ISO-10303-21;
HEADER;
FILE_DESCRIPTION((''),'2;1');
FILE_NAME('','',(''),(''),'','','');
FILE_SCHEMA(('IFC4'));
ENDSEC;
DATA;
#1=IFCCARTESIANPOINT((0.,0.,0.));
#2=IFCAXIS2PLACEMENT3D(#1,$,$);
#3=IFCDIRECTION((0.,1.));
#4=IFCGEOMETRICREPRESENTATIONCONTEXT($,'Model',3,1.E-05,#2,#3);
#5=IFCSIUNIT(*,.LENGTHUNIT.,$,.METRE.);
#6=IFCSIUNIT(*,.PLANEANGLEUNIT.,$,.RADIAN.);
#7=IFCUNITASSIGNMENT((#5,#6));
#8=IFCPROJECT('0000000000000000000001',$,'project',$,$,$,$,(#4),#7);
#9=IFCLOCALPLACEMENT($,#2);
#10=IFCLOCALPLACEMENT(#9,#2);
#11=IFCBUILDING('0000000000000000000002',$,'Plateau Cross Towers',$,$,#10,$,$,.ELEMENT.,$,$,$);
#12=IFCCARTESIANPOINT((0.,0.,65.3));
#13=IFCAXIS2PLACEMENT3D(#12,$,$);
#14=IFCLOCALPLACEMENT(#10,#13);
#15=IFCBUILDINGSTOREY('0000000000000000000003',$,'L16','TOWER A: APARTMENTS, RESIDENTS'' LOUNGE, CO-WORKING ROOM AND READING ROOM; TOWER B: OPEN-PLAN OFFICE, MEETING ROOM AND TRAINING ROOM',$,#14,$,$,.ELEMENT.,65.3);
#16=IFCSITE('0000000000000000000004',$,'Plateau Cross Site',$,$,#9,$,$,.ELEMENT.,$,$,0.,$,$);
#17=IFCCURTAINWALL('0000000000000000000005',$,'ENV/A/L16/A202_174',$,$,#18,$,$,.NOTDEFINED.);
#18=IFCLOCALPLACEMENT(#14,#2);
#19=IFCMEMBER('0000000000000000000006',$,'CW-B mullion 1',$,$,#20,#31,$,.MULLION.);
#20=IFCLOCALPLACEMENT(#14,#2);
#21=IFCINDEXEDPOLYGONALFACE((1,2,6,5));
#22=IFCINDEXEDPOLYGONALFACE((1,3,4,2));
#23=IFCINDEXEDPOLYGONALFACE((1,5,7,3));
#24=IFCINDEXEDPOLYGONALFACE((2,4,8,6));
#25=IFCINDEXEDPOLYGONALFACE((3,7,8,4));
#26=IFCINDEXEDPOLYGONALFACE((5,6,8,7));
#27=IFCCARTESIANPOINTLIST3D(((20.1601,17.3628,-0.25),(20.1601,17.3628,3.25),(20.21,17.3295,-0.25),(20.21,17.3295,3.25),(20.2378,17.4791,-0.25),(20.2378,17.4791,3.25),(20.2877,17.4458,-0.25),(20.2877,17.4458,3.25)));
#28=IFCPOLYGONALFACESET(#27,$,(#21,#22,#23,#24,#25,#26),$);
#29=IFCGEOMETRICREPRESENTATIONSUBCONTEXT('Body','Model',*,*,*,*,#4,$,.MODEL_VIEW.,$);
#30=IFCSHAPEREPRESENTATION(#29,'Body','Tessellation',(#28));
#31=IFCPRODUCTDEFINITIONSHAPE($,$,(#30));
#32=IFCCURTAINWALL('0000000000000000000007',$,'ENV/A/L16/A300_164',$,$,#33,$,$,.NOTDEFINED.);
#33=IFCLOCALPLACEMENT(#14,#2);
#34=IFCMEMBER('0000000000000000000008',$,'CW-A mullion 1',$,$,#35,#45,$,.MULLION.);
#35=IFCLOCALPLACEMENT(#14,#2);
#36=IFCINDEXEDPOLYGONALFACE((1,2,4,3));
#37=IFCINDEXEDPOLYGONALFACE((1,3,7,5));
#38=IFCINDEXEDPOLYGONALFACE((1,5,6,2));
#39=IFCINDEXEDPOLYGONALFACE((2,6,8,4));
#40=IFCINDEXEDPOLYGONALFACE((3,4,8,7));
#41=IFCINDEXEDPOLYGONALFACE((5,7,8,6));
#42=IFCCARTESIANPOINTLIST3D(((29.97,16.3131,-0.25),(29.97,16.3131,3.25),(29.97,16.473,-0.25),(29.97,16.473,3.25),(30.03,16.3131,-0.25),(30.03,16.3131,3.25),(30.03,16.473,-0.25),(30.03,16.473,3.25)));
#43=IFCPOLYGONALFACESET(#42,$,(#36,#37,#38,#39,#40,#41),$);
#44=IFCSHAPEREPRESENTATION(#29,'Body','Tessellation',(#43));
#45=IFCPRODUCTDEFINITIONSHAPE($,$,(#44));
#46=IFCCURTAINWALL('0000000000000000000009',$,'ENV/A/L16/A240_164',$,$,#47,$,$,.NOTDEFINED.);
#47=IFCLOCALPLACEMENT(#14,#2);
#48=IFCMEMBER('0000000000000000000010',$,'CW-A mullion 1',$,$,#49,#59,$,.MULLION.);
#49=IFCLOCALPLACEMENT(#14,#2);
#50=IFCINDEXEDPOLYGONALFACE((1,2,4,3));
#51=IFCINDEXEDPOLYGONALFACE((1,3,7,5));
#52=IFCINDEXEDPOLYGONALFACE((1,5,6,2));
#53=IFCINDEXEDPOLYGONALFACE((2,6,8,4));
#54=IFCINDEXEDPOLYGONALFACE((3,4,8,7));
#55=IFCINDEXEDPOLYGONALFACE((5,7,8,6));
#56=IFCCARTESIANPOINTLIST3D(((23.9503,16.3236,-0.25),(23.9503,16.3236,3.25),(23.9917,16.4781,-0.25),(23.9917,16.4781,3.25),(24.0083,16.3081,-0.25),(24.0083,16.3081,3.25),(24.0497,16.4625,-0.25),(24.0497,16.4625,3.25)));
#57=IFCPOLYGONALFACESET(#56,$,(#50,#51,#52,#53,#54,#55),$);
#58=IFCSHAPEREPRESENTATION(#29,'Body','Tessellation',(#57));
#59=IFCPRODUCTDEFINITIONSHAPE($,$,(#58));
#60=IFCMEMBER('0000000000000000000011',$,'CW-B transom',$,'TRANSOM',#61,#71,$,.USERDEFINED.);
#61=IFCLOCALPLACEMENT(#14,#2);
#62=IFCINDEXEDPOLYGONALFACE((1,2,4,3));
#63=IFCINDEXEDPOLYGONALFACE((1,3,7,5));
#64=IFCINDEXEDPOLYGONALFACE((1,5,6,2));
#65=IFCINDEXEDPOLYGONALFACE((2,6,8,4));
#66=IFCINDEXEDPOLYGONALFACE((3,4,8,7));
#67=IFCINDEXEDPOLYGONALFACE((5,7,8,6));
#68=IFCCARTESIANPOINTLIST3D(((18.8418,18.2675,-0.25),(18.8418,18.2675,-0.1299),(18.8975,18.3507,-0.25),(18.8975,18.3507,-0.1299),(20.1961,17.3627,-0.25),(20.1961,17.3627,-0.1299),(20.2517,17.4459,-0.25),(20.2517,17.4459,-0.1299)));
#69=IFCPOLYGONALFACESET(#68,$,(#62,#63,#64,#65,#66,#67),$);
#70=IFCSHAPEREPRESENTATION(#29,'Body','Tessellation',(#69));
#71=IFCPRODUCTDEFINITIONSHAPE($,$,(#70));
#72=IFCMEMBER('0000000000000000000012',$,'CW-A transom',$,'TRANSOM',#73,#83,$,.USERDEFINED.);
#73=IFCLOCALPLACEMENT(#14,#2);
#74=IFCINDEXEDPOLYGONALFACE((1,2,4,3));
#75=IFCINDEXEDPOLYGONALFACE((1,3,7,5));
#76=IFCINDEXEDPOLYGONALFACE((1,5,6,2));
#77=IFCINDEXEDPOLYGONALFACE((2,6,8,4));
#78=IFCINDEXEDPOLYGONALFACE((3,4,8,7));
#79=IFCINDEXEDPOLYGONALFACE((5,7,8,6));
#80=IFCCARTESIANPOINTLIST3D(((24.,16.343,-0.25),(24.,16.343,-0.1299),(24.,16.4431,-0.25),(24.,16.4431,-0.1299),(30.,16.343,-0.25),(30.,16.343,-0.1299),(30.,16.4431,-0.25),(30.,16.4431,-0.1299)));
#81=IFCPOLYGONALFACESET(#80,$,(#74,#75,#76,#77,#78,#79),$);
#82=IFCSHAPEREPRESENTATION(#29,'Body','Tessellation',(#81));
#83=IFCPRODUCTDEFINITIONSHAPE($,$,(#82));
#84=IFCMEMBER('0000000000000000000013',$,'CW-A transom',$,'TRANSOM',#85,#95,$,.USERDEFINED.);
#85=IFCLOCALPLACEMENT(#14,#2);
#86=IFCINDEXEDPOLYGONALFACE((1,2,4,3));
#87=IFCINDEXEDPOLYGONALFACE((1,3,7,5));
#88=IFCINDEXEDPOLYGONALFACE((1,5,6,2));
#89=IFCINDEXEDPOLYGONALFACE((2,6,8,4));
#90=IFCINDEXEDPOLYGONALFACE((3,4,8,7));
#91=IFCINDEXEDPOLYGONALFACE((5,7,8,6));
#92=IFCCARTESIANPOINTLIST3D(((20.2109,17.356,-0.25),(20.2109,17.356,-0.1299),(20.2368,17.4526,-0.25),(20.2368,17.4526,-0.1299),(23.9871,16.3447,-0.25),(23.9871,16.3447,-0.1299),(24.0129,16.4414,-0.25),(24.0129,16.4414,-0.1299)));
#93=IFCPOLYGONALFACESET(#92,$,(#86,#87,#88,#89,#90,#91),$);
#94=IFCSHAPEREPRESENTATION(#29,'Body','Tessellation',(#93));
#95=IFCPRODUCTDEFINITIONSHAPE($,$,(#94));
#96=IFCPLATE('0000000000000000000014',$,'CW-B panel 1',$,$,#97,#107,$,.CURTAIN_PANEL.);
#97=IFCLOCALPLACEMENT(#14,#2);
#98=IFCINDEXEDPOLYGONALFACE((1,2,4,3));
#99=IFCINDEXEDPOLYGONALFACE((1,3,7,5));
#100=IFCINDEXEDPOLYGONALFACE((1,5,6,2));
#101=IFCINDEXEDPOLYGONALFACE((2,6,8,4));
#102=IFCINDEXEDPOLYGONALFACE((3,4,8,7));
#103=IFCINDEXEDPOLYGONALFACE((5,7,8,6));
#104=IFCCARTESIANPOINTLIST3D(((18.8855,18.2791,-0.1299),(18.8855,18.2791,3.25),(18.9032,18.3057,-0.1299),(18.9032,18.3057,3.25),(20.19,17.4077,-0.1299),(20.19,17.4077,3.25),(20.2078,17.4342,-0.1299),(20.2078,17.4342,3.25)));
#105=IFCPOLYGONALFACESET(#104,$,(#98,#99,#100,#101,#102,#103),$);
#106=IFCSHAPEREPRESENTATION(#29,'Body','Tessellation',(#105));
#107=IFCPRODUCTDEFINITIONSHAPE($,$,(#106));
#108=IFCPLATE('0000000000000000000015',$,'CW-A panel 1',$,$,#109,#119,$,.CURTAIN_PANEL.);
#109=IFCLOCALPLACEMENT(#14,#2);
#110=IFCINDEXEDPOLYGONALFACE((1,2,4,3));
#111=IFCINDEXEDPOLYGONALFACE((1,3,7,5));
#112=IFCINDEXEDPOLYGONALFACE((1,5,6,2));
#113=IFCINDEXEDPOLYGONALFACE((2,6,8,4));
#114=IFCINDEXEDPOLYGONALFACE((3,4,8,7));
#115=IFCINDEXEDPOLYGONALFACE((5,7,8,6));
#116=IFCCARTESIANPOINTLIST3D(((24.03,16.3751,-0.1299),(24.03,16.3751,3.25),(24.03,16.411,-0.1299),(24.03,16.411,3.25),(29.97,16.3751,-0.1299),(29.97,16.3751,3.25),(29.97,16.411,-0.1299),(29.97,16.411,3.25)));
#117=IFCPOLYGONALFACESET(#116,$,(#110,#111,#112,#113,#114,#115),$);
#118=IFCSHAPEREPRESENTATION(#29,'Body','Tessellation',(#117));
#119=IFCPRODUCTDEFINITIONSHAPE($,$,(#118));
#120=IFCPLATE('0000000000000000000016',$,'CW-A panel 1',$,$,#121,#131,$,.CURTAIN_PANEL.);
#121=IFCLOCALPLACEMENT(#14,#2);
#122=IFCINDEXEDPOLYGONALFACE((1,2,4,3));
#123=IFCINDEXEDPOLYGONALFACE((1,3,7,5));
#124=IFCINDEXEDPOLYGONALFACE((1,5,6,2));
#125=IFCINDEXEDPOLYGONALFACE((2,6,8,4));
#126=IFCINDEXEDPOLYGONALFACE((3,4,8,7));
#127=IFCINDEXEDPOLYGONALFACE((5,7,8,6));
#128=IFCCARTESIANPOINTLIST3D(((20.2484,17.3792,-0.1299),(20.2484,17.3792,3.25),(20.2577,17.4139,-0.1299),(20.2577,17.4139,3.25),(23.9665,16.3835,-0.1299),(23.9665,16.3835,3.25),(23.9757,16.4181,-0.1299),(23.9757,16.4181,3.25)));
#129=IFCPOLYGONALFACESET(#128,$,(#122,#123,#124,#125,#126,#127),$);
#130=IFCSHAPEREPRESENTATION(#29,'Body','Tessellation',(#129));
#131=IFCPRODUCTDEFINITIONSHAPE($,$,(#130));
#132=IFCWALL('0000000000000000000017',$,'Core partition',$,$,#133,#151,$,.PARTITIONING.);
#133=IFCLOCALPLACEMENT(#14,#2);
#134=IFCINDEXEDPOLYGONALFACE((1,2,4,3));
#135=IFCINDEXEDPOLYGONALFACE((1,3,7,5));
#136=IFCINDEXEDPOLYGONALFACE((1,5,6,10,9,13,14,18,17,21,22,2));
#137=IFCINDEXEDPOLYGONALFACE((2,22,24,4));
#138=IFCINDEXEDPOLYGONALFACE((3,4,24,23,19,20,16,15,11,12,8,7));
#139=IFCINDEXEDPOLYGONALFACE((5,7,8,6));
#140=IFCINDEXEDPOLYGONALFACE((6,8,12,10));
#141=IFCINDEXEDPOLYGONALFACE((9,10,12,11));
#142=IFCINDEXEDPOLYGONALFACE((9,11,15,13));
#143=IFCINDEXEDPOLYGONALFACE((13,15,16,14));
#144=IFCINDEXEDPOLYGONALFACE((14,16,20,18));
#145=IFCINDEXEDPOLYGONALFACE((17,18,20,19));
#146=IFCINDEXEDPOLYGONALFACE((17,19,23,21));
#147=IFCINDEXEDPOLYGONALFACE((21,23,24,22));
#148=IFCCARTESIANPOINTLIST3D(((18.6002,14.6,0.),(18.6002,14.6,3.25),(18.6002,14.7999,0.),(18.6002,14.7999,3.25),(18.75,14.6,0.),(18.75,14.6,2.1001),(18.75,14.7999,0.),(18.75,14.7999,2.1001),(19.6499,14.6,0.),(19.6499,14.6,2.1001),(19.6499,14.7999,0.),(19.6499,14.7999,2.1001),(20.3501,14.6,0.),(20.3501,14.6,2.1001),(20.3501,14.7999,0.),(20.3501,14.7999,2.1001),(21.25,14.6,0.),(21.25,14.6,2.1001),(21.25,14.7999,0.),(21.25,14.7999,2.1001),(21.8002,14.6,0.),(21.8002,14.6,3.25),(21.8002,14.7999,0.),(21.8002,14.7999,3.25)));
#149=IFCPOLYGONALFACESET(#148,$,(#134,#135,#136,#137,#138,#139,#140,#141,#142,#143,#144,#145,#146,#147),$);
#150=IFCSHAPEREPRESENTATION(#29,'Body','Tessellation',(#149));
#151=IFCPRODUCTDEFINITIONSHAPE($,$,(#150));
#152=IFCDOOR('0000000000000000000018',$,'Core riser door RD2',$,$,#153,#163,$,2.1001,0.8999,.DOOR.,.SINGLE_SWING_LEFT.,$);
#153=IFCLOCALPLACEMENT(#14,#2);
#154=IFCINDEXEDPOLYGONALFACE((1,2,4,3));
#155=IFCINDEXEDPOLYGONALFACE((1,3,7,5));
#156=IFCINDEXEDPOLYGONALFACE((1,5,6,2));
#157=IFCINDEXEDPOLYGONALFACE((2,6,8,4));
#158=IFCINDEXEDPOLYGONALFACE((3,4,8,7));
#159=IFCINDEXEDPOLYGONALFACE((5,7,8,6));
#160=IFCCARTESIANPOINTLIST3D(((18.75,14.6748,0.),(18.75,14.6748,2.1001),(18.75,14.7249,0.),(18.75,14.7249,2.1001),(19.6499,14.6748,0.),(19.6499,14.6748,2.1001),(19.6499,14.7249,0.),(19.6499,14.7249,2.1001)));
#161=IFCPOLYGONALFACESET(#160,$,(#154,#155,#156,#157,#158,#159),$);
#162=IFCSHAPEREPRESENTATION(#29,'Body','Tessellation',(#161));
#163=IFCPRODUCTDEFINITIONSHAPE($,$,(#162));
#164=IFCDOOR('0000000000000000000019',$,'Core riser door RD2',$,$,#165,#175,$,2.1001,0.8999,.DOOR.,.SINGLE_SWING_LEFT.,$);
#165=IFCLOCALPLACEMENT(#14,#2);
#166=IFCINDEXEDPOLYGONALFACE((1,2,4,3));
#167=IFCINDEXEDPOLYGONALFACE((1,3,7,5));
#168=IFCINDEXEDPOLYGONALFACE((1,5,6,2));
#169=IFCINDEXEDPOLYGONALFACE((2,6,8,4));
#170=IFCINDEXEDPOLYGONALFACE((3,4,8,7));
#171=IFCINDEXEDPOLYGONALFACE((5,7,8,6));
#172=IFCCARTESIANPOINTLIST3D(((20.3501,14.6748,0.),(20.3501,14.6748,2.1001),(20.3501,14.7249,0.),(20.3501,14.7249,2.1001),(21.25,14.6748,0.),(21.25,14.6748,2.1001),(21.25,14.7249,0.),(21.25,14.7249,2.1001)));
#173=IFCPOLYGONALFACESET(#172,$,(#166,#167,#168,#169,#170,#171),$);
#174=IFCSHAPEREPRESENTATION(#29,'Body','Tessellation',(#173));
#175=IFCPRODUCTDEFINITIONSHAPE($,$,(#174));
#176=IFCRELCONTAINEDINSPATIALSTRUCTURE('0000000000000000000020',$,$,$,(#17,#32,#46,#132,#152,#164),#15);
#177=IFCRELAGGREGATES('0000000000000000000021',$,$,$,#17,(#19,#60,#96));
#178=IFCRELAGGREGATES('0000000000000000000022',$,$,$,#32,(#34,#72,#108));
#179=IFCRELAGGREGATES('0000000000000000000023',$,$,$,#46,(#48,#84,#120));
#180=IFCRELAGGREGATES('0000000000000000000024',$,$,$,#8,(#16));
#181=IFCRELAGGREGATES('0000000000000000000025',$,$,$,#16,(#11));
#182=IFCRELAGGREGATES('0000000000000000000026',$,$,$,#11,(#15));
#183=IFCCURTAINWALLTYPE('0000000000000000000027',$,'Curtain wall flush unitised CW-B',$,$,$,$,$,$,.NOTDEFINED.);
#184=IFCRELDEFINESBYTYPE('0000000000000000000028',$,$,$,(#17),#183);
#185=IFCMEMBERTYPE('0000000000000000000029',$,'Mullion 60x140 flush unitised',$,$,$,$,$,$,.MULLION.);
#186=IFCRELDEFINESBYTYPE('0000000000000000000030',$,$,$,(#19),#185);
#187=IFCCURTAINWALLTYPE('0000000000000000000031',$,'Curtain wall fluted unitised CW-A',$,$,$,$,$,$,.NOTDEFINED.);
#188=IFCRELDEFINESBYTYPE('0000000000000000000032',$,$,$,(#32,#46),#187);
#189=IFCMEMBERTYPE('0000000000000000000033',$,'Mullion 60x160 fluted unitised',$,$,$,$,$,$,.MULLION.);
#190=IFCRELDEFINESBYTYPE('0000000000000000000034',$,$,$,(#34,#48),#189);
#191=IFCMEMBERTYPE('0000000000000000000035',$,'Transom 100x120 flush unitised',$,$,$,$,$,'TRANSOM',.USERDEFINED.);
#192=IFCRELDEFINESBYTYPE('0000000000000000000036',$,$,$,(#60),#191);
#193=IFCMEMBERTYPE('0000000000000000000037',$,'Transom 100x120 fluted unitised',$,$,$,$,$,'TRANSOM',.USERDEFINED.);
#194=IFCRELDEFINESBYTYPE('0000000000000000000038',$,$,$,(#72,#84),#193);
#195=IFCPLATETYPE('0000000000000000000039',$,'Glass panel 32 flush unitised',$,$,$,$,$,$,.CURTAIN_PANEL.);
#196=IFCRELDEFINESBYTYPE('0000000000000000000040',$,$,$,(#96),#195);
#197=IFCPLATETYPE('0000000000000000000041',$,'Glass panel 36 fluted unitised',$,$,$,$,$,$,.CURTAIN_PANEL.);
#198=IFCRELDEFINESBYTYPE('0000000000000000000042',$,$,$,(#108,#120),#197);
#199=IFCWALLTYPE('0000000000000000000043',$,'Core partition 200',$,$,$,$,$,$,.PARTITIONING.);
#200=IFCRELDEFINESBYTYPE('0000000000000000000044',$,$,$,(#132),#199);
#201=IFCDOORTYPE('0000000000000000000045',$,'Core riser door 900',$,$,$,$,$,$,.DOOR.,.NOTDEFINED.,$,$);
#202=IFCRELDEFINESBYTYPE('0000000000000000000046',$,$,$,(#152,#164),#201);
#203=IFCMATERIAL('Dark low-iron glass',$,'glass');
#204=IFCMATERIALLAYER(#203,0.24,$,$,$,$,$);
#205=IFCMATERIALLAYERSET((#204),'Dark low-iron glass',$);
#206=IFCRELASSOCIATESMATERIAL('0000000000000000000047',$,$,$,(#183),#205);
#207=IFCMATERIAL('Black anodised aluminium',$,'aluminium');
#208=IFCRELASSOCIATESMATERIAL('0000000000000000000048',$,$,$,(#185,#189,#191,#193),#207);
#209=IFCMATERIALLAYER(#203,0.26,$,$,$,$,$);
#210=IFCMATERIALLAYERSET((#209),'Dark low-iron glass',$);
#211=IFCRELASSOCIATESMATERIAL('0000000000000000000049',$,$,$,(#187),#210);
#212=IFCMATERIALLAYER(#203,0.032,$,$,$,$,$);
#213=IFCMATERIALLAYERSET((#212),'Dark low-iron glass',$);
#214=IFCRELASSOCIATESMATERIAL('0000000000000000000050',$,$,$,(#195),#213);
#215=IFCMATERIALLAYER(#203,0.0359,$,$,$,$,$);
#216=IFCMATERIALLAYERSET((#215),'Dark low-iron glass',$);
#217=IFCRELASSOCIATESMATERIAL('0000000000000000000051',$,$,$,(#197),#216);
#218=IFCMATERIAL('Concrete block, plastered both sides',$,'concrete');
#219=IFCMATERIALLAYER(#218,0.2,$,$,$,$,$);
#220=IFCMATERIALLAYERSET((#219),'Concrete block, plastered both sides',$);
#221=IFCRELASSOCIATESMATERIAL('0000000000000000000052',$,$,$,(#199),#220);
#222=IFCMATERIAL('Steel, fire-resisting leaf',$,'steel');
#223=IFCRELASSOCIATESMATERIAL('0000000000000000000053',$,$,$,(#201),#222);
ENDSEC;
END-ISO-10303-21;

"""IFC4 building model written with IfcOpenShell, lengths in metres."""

from ifc_helpers import new_model, si_unit, direction, frame, frame_2d, origin, origin_2d, place, context, subcontext, project, spatial, rectangle, extrude, material, layer, layer_set, material_profile, profile_set, type_object, element, fill, aggregate, save


model = new_model("IFC4")

# Units and contexts
model_context = context("Model", 3, precision=1e-05, world=origin(), true_north=direction((0.0, 1.0)))
body_context = subcontext(model_context, "Body", "Model", "MODEL_VIEW")
ifc_project = project(units=[si_unit("LENGTHUNIT", "METRE"), si_unit("PLANEANGLEUNIT", "RADIAN")], contexts=[model_context])

# Site, building, storey
site_placement = place(None, origin())
site = spatial("IfcSite", under=ifc_project, at=site_placement, Name="Plateau Cross Site", CompositionType="ELEMENT", RefElevation=0.0)
building_placement = place(site_placement, origin())
building = spatial("IfcBuilding", under=site, at=building_placement, Name="Plateau Cross Towers", CompositionType="ELEMENT")
storey_placement = place(building_placement, frame((0.0, 0.0, 65.3)))
storey = spatial("IfcBuildingStorey", under=building, at=storey_placement, Name="L16", Description="TOWER A: APARTMENTS, RESIDENTS' LOUNGE, CO-WORKING ROOM AND READING ROOM; TOWER B: OPEN-PLAN OFFICE, MEETING ROOM AND TRAINING ROOM", CompositionType="ELEMENT", Elevation=65.3)

# Curtain walls, members
ifc_material_1 = material(Name="Dark low-iron glass", Category="glass")
ifc_layer_1 = layer(ifc_material_1, 0.24)
ifc_layer_set_1 = layer_set([ifc_layer_1], Name="Dark low-iron glass")
curtain_wall_type_1 = type_object("IfcCurtainWallType", Name="Curtain wall flush unitised CW-B", PredefinedType="NOTDEFINED", material=ifc_layer_set_1)
curtain_wall_1_placement = place(storey_placement, origin())
curtain_wall_1 = element("IfcCurtainWall", 1, at=curtain_wall_1_placement, inside=storey, type_object=curtain_wall_type_1, Name="ENV/A/L16/A202_174", PredefinedType="NOTDEFINED")
ifc_material_2 = material(Name="Black anodised aluminium", Category="aluminium")
ifc_material_profile_1 = material_profile(ifc_material_2, rectangle(XDim=0.0601, YDim=0.1399, at=origin_2d()), Name="MULLION 60x140")
ifc_profile_set_1 = profile_set([ifc_material_profile_1], Name="Black anodised aluminium")
member_type_1 = type_object("IfcMemberType", Name="Mullion 60x140 flush unitised", PredefinedType="MULLION", material=ifc_profile_set_1)
member_1_placement = place(storey_placement, frame((20.2239, 17.4043, -0.25), z_axis=(0.0, 0.0, 1.0), x_axis=(-0.831521, 0.555493, 0.0)))
member_1 = element("IfcMember", 2, at=member_1_placement, type_object=member_type_1, Name="CW-B mullion 1", PredefinedType="MULLION", context=body_context, shape_type="SweptSolid", body=[
    extrude(rectangle(XDim=0.0601, YDim=0.1399, at=origin_2d()), origin(), (0.0, 0.0, 1.0), 3.5),
])
ifc_layer_2 = layer(ifc_material_1, 0.26)
ifc_layer_set_2 = layer_set([ifc_layer_2], Name="Dark low-iron glass")
curtain_wall_type_2 = type_object("IfcCurtainWallType", Name="Curtain wall fluted unitised CW-A", PredefinedType="NOTDEFINED", material=ifc_layer_set_2)
curtain_wall_2_placement = place(storey_placement, origin())
curtain_wall_2 = element("IfcCurtainWall", 3, at=curtain_wall_2_placement, inside=storey, type_object=curtain_wall_type_2, Name="ENV/A/L16/A300_164", PredefinedType="NOTDEFINED")
ifc_material_profile_2 = material_profile(ifc_material_2, rectangle(XDim=0.0601, YDim=0.1599, at=origin_2d()), Name="MULLION 60x160")
ifc_profile_set_2 = profile_set([ifc_material_profile_2], Name="Black anodised aluminium")
member_type_2 = type_object("IfcMemberType", Name="Mullion 60x160 fluted unitised", PredefinedType="MULLION", material=ifc_profile_set_2)
member_2_placement = place(storey_placement, frame((30.0, 16.3931, -0.25), z_axis=(0.0, 0.0, 1.0), x_axis=(-1.0, 0.0, 0.0)))
member_2 = element("IfcMember", 4, at=member_2_placement, type_object=member_type_2, Name="CW-A mullion 1", PredefinedType="MULLION", context=body_context, shape_type="SweptSolid", body=[
    extrude(rectangle(XDim=0.0601, YDim=0.1599, at=origin_2d()), origin(), (0.0, 0.0, 1.0), 3.5),
])
curtain_wall_3_placement = place(storey_placement, origin())
curtain_wall_3 = element("IfcCurtainWall", 5, at=curtain_wall_3_placement, inside=storey, type_object=curtain_wall_type_2, Name="ENV/A/L16/A240_164", PredefinedType="NOTDEFINED")
member_3_placement = place(storey_placement, frame((24.0, 16.3931, -0.25), z_axis=(0.0, 0.0, 1.0), x_axis=(-0.965958, 0.258699, 0.0)))
member_3 = element("IfcMember", 6, at=member_3_placement, type_object=member_type_2, Name="CW-A mullion 1", PredefinedType="MULLION", context=body_context, shape_type="SweptSolid", body=[
    extrude(rectangle(XDim=0.0601, YDim=0.1599, at=origin_2d()), origin(), (0.0, 0.0, 1.0), 3.5),
])

# Members
ifc_material_profile_3 = material_profile(ifc_material_2, rectangle(XDim=0.1001, YDim=0.1201, at=origin_2d()), Name="TRANSOM 100x120")
ifc_profile_set_3 = profile_set([ifc_material_profile_3], Name="Black anodised aluminium")
member_type_3 = type_object("IfcMemberType", Name="Transom 100x120 flush unitised", ElementType="TRANSOM", PredefinedType="USERDEFINED", material=ifc_profile_set_3)
member_4_placement = place(storey_placement, frame((20.2239, 17.4043, -0.1899), z_axis=(-0.831496, 0.55553, 0.0), x_axis=(-0.55553, -0.831496, 0.0)))
member_4 = element("IfcMember", 7, at=member_4_placement, type_object=member_type_3, Name="CW-B transom", ObjectType="TRANSOM", PredefinedType="USERDEFINED", context=body_context, shape_type="SweptSolid", body=[
    extrude(rectangle(XDim=0.1001, YDim=0.1201, at=origin_2d()), origin(), (0.0, 0.0, 1.0), 1.6287),
])
ifc_material_profile_4 = material_profile(ifc_material_2, rectangle(XDim=0.1001, YDim=0.1201, at=origin_2d()), Name="TRANSOM 100x120")
ifc_profile_set_4 = profile_set([ifc_material_profile_4], Name="Black anodised aluminium")
member_type_4 = type_object("IfcMemberType", Name="Transom 100x120 fluted unitised", ElementType="TRANSOM", PredefinedType="USERDEFINED", material=ifc_profile_set_4)
member_5_placement = place(storey_placement, frame((30.0, 16.3931, -0.1899), z_axis=(-1.0, 0.0, 0.0), x_axis=(0.0, -1.0, 0.0)))
member_5 = element("IfcMember", 8, at=member_5_placement, type_object=member_type_4, Name="CW-A transom", ObjectType="TRANSOM", PredefinedType="USERDEFINED", context=body_context, shape_type="SweptSolid", body=[
    extrude(rectangle(XDim=0.1001, YDim=0.1201, at=origin_2d()), origin(), (0.0, 0.0, 1.0), 6.0),
])
member_6_placement = place(storey_placement, frame((24.0, 16.3931, -0.1899), z_axis=(-0.965963, 0.258681, 0.0), x_axis=(-0.258681, -0.965963, 0.0)))
member_6 = element("IfcMember", 9, at=member_6_placement, type_object=member_type_4, Name="CW-A transom", ObjectType="TRANSOM", PredefinedType="USERDEFINED", context=body_context, shape_type="SweptSolid", body=[
    extrude(rectangle(XDim=0.1001, YDim=0.1201, at=origin_2d()), origin(), (0.0, 0.0, 1.0), 3.9092),
])

# Plates
ifc_layer_3 = layer(ifc_material_1, 0.032)
ifc_layer_set_3 = layer_set([ifc_layer_3], Name="Dark low-iron glass")
plate_type_1 = type_object("IfcPlateType", Name="Glass panel 32 flush unitised", PredefinedType="CURTAIN_PANEL", material=ifc_layer_set_3)
plate_1_placement = place(storey_placement, frame((19.5466, 17.8567, -0.1299), z_axis=(0.0, 0.0, 1.0), x_axis=(-0.831521, 0.555493, 0.0)))
plate_1 = element("IfcPlate", 10, at=plate_1_placement, type_object=plate_type_1, Name="CW-B panel 1", PredefinedType="CURTAIN_PANEL", context=body_context, shape_type="SweptSolid", body=[
    extrude(rectangle(XDim=1.5688, YDim=0.032, at=origin_2d()), origin(), (0.0, 0.0, 1.0), 3.3799),
])
aggregate(curtain_wall_1, [member_1, member_4, plate_1])
ifc_layer_4 = layer(ifc_material_1, 0.0359)
ifc_layer_set_4 = layer_set([ifc_layer_4], Name="Dark low-iron glass")
plate_type_2 = type_object("IfcPlateType", Name="Glass panel 36 fluted unitised", PredefinedType="CURTAIN_PANEL", material=ifc_layer_set_4)
plate_2_placement = place(storey_placement, frame((27.0, 16.3931, -0.1299), z_axis=(0.0, 0.0, 1.0), x_axis=(-1.0, 0.0, 0.0)))
plate_2 = element("IfcPlate", 11, at=plate_2_placement, type_object=plate_type_2, Name="CW-A panel 1", PredefinedType="CURTAIN_PANEL", context=body_context, shape_type="SweptSolid", body=[
    extrude(rectangle(XDim=5.9399, YDim=0.0359, at=origin_2d()), origin(), (0.0, 0.0, 1.0), 3.3799),
])
aggregate(curtain_wall_2, [member_2, member_5, plate_2])
plate_3_placement = place(storey_placement, frame((22.1121, 16.8987, -0.1299), z_axis=(0.0, 0.0, 1.0), x_axis=(-0.965958, 0.258699, 0.0)))
plate_3 = element("IfcPlate", 12, at=plate_3_placement, type_object=plate_type_2, Name="CW-A panel 1", PredefinedType="CURTAIN_PANEL", context=body_context, shape_type="SweptSolid", body=[
    extrude(rectangle(XDim=3.8491, YDim=0.0359, at=origin_2d()), origin(), (0.0, 0.0, 1.0), 3.3799),
])
aggregate(curtain_wall_3, [member_3, member_6, plate_3])

# Wall, openings, doors
ifc_material_3 = material(Name="Concrete block, plastered both sides", Category="concrete")
ifc_layer_5 = layer(ifc_material_3, 0.2)
ifc_layer_set_5 = layer_set([ifc_layer_5], Name="Concrete block, plastered both sides")
wall_type_1 = type_object("IfcWallType", Name="Core partition 200", PredefinedType="PARTITIONING", material=ifc_layer_set_5)
wall_1_placement = place(storey_placement, frame((18.6001, 14.7, 0.0), z_axis=(0.0, 0.0, 1.0), x_axis=(1.0, 0.0, 0.0)))
wall_1 = element("IfcWall", 13, at=wall_1_placement, inside=storey, type_object=wall_type_1, Name="Core partition", PredefinedType="PARTITIONING", context=body_context, shape_type="SweptSolid", body=[
    extrude(rectangle(XDim=3.2, YDim=0.2, at=frame_2d((1.6001, 0.0))), origin(), (0.0, 0.0, 1.0), 3.25),
])
opening_1_placement = place(wall_1_placement, frame((0.1499, 0.0, 0.0)))
opening_1 = element("IfcOpeningElement", 14, at=opening_1_placement, cuts=wall_1, PredefinedType="OPENING", context=body_context, shape_type="SweptSolid", body=[
    extrude(rectangle(XDim=0.8999, YDim=2.1001, at=frame_2d((0.45, 1.05))), frame((0.0, 0.1099, 0.0), z_axis=(0.0, -1.0, 0.0), x_axis=(1.0, 0.0, 0.0)), (0.0, 0.0, 1.0), 0.22),
])
opening_2_placement = place(wall_1_placement, frame((1.75, 0.0, 0.0)))
opening_2 = element("IfcOpeningElement", 15, at=opening_2_placement, cuts=wall_1, PredefinedType="OPENING", context=body_context, shape_type="SweptSolid", body=[
    extrude(rectangle(XDim=0.8999, YDim=2.1001, at=frame_2d((0.45, 1.05))), frame((0.0, 0.1099, 0.0), z_axis=(0.0, -1.0, 0.0), x_axis=(1.0, 0.0, 0.0)), (0.0, 0.0, 1.0), 0.22),
])
ifc_material_4 = material(Name="Steel, fire-resisting leaf", Category="steel")
door_type_1 = type_object("IfcDoorType", Name="Core riser door 900", OperationType="NOTDEFINED", PredefinedType="DOOR", material=ifc_material_4)
door_1_placement = place(opening_1_placement, origin())
door_1 = element("IfcDoor", 16, at=door_1_placement, inside=storey, type_object=door_type_1, Name="Core riser door RD2", OperationType="SINGLE_SWING_LEFT", OverallHeight=2.1001, OverallWidth=0.8999, PredefinedType="DOOR", context=body_context, shape_type="SweptSolid", body=[
    extrude(rectangle(XDim=0.8999, YDim=2.1001, at=frame_2d((0.45, 1.05))), frame((0.0, 0.0249, 0.0), z_axis=(0.0, -1.0, 0.0), x_axis=(1.0, 0.0, 0.0)), (0.0, 0.0, 1.0), 0.05),
])
fill(opening_1, door_1)
door_2_placement = place(opening_2_placement, origin())
door_2 = element("IfcDoor", 17, at=door_2_placement, inside=storey, type_object=door_type_1, Name="Core riser door RD2", OperationType="SINGLE_SWING_LEFT", OverallHeight=2.1001, OverallWidth=0.8999, PredefinedType="DOOR", context=body_context, shape_type="SweptSolid", body=[
    extrude(rectangle(XDim=0.8999, YDim=2.1001, at=frame_2d((0.45, 1.05))), frame((0.0, 0.0249, 0.0), z_axis=(0.0, -1.0, 0.0), x_axis=(1.0, 0.0, 0.0)), (0.0, 0.0, 1.0), 0.05),
])
fill(opening_2, door_2)

save(model, "model.ifc")
